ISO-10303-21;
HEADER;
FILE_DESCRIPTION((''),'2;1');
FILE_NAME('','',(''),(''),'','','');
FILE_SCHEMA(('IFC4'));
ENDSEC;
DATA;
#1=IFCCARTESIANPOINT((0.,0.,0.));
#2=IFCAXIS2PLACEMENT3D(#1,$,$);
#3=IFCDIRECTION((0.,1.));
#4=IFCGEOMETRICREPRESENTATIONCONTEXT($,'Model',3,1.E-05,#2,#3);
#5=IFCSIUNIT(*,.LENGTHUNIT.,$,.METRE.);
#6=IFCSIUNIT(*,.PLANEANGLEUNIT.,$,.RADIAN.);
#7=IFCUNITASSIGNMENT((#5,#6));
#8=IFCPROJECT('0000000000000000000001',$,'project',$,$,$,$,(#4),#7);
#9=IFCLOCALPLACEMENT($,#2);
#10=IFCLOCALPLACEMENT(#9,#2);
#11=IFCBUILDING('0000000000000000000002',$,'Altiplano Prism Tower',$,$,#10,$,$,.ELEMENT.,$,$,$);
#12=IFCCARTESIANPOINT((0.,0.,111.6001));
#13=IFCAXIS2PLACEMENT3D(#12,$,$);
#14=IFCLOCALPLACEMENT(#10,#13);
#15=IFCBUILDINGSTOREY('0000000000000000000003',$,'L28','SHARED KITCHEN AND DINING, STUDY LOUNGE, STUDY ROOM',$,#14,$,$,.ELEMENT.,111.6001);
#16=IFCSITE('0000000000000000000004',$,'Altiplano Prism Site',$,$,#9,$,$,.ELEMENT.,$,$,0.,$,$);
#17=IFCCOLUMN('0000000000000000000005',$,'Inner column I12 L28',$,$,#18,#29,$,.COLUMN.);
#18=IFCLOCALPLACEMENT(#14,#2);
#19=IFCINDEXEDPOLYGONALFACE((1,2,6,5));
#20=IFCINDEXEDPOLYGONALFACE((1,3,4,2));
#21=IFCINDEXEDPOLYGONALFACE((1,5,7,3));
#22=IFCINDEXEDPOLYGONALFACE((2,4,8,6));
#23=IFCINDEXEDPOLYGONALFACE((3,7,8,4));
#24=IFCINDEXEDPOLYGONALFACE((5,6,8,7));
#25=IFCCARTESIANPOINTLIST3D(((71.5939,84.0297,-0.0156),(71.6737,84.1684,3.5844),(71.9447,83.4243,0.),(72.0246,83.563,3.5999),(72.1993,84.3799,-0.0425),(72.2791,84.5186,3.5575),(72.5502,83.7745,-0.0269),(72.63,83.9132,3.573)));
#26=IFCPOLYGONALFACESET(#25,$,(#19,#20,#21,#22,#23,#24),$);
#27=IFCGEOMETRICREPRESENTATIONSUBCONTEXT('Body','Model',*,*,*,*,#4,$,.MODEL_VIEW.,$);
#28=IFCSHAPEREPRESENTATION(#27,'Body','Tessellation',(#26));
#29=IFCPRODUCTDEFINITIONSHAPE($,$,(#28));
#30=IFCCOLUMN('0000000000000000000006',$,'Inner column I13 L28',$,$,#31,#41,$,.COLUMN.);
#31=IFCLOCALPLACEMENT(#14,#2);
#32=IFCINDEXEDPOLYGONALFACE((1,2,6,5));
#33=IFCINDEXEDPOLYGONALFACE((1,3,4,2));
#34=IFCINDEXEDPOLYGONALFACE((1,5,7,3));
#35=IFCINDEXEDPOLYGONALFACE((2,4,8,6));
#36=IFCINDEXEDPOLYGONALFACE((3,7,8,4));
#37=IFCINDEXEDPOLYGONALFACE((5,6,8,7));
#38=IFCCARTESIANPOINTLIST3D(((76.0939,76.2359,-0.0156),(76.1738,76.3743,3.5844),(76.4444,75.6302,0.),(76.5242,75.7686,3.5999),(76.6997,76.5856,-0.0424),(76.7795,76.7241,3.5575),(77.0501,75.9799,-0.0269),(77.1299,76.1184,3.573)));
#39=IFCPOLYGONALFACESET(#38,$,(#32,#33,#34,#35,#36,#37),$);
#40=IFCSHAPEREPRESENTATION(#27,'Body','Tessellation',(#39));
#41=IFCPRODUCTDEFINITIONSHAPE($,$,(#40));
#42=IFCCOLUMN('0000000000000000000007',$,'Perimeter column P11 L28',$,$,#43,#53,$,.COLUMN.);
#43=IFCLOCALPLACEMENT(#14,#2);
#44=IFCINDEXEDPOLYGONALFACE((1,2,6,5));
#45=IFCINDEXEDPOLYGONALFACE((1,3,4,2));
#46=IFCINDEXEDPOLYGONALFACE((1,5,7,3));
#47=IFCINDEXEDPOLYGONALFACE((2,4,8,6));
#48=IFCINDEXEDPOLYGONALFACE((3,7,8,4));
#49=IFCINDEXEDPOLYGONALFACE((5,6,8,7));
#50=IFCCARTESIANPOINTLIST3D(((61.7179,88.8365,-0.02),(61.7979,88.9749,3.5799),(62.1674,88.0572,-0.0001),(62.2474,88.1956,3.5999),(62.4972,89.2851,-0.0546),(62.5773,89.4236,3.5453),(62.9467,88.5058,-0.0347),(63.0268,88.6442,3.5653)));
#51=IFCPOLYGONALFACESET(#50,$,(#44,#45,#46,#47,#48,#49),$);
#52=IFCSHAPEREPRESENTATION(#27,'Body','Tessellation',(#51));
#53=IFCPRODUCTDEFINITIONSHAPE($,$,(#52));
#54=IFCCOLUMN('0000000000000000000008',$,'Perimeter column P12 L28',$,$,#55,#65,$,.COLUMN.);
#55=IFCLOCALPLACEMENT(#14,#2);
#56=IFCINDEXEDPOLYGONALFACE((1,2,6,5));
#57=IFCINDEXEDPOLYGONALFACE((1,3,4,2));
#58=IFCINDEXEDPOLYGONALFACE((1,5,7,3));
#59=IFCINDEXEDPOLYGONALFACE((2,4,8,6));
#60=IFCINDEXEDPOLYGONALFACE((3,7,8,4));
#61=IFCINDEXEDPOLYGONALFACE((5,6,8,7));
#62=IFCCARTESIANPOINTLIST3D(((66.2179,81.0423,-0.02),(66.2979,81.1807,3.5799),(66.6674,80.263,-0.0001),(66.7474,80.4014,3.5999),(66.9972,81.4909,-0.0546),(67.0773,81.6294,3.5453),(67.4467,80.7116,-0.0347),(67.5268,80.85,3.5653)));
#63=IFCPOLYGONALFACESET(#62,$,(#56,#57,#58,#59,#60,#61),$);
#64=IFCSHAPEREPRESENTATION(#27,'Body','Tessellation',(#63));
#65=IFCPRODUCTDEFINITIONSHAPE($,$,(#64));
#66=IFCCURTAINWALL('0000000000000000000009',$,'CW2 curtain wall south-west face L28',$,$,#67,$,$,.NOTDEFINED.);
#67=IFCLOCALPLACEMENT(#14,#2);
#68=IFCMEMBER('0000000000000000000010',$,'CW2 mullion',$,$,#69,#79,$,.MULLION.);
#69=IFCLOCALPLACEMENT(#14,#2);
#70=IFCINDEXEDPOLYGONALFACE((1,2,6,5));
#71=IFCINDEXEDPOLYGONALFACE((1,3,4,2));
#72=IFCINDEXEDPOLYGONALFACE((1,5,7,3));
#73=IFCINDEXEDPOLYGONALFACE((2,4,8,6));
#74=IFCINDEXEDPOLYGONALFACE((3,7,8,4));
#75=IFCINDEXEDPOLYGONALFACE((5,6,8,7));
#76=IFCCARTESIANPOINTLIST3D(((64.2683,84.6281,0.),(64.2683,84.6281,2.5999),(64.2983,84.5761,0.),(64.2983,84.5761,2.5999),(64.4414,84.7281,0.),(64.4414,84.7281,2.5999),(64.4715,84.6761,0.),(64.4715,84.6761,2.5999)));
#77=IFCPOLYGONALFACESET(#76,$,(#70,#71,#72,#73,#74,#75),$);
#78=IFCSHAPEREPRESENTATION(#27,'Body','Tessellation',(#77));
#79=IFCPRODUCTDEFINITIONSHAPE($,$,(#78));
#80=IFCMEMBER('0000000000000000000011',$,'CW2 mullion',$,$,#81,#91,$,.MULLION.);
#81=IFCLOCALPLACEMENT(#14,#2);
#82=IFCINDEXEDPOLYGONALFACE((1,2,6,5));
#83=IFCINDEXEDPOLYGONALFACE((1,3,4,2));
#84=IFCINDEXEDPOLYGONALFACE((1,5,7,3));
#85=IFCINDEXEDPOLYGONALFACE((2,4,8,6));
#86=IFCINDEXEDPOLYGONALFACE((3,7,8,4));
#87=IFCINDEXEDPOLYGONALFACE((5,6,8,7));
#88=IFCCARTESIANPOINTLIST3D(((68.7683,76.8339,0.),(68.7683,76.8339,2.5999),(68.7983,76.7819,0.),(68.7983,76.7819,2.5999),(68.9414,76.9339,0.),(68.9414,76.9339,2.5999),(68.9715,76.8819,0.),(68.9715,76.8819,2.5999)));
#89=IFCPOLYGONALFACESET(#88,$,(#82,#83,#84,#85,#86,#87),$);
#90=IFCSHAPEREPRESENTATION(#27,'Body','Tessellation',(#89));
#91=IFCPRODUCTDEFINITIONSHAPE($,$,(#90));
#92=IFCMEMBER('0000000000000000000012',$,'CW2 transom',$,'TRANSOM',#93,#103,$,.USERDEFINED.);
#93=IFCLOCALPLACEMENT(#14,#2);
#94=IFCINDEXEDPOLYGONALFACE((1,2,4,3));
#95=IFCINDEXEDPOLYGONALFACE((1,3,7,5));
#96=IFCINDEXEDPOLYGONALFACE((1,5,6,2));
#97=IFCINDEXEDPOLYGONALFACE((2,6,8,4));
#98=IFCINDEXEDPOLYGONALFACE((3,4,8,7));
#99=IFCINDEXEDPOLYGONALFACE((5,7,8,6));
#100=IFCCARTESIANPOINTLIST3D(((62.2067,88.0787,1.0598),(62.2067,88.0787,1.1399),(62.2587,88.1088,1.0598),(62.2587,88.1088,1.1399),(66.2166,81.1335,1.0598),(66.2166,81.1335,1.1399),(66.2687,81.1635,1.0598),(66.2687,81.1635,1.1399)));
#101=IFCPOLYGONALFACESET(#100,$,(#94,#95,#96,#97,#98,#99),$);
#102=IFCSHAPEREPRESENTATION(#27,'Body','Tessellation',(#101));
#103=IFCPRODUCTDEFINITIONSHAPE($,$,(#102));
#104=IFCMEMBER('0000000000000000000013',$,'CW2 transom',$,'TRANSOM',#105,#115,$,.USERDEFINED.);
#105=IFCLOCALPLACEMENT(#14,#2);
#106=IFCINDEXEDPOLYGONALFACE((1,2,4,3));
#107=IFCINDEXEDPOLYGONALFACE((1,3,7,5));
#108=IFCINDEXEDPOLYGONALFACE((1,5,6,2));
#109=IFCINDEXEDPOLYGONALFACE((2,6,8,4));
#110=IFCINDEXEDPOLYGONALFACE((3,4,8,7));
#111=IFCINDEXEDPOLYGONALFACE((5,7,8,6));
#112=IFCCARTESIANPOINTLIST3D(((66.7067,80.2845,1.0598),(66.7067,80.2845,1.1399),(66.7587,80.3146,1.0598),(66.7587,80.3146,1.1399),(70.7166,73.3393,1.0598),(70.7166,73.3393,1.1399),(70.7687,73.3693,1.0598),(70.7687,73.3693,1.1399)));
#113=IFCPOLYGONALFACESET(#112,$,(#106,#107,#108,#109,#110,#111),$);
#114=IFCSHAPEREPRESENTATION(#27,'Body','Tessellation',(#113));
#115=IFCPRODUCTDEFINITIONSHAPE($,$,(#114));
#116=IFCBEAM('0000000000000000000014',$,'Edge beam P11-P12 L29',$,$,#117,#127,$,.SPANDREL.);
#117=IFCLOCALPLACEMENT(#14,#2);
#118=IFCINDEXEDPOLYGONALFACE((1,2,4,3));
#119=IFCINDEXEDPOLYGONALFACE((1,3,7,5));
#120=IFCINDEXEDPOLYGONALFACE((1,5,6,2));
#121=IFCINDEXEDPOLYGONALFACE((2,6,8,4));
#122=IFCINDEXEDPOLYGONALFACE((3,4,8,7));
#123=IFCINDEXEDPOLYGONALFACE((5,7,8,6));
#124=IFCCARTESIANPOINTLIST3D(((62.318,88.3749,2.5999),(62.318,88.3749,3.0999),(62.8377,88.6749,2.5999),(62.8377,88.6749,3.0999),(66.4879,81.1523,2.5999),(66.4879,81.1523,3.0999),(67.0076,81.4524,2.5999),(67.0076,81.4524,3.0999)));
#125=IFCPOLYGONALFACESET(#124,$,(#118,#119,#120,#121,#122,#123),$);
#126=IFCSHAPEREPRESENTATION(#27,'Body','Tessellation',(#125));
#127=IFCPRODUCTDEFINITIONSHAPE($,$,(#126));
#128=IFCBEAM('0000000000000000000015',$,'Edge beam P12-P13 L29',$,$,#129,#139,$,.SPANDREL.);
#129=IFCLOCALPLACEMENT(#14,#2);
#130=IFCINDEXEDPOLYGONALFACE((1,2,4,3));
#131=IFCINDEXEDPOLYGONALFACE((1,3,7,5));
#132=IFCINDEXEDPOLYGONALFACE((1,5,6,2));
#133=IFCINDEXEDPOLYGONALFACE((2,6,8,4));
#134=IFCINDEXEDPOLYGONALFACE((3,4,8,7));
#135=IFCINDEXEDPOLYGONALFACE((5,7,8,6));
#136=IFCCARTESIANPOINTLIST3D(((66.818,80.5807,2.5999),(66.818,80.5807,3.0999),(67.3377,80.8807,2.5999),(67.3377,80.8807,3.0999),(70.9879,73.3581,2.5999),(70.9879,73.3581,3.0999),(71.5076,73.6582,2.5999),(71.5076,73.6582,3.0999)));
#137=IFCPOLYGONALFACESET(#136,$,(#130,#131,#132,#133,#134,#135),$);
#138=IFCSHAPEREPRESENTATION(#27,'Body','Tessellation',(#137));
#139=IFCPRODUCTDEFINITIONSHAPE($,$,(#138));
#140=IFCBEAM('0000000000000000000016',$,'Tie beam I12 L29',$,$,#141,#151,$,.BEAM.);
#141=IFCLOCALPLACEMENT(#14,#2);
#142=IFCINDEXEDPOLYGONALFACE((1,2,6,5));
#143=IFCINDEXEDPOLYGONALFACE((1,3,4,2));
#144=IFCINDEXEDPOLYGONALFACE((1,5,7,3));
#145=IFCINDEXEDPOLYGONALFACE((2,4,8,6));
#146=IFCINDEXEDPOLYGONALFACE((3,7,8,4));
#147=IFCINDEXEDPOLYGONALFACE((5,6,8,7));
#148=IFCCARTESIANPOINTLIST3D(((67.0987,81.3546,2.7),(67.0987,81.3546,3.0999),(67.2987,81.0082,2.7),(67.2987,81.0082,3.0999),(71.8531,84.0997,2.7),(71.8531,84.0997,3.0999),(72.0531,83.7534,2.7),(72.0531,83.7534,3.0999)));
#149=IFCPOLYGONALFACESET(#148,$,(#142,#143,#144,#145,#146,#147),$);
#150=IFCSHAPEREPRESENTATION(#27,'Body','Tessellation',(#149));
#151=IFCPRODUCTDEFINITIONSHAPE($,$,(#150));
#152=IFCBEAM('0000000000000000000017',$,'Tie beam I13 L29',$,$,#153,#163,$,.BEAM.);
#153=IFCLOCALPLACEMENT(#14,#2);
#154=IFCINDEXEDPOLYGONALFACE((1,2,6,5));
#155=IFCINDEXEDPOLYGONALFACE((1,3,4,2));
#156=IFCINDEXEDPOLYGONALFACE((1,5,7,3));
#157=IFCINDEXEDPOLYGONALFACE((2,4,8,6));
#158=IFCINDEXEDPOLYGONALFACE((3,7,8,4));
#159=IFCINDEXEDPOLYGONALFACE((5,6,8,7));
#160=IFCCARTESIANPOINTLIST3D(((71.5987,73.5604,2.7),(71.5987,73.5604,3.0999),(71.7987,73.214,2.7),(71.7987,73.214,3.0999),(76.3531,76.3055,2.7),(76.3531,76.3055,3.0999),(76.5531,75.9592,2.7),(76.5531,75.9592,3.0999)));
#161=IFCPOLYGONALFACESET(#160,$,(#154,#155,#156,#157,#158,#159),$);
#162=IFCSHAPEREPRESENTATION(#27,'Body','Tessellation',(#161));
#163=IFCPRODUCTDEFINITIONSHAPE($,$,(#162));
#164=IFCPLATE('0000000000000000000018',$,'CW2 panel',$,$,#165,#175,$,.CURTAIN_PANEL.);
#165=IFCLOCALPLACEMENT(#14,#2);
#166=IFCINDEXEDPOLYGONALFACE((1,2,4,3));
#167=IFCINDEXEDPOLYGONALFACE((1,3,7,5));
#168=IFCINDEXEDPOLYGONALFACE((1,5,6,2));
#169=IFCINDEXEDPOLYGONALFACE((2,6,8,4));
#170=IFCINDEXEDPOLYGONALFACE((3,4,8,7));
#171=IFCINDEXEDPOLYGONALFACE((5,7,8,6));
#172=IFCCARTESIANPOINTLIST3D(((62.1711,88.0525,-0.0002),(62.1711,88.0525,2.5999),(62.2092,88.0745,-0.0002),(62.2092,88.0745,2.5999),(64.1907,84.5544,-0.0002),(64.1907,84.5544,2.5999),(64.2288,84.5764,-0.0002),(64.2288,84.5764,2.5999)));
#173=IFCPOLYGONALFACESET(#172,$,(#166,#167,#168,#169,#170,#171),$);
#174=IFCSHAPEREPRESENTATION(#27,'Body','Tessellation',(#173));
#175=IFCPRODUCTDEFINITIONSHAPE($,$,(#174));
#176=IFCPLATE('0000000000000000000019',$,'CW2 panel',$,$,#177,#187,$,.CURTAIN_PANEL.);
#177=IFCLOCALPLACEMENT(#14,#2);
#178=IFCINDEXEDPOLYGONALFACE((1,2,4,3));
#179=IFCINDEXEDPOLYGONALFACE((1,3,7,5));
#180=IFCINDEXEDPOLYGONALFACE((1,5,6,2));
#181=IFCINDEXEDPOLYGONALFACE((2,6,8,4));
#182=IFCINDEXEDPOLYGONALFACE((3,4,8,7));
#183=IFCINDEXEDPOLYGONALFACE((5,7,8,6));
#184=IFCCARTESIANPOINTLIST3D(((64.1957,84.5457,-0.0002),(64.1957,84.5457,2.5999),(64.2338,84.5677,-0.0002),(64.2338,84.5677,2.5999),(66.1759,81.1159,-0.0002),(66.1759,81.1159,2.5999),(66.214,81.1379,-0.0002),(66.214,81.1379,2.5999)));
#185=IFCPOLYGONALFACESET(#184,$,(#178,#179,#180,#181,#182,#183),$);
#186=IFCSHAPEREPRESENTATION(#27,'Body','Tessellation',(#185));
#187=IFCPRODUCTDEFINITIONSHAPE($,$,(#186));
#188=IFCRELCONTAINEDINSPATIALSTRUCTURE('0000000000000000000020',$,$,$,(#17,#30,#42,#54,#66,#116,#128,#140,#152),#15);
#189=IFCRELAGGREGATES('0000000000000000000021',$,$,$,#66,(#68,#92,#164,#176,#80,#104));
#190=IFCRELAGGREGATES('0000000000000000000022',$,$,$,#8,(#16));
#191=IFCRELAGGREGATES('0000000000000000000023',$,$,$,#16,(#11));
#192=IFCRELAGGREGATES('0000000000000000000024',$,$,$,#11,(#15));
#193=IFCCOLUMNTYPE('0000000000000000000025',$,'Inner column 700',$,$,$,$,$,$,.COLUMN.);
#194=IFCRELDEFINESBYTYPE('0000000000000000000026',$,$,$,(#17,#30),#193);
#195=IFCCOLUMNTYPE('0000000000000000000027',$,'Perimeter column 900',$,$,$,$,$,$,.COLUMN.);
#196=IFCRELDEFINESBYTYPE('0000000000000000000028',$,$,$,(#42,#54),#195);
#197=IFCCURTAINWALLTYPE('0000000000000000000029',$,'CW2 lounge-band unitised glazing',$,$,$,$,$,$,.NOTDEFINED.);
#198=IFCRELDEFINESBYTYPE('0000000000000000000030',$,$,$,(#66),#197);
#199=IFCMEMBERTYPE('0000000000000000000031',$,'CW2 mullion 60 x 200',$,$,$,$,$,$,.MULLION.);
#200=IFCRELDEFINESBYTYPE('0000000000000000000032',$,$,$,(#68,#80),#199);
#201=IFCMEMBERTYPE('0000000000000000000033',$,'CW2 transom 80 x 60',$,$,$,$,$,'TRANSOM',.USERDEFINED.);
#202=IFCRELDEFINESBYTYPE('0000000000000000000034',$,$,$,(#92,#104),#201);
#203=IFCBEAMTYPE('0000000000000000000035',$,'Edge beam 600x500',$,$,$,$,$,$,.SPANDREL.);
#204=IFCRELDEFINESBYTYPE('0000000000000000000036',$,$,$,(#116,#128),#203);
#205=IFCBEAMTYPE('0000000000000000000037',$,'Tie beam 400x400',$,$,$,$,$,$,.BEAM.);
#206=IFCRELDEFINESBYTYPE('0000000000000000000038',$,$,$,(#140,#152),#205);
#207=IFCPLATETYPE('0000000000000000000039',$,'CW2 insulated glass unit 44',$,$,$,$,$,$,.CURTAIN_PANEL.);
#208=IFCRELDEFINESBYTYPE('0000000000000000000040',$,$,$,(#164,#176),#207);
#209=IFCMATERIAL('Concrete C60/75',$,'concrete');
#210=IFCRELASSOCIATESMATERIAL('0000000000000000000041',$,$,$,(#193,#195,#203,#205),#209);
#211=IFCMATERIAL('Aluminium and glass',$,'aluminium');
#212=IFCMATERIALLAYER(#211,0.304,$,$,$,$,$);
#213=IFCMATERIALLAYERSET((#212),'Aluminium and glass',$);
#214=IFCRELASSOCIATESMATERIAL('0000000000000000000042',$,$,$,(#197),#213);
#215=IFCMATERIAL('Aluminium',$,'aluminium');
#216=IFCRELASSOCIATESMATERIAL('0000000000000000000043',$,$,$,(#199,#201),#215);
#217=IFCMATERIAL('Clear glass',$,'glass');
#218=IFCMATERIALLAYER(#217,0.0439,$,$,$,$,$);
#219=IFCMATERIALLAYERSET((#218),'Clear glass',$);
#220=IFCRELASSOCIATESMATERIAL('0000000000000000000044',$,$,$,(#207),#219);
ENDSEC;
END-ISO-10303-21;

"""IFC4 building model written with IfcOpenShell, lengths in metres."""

from ifc_helpers import new_model, si_unit, direction, frame, origin, origin_2d, place, context, subcontext, project, spatial, rectangle, extrude, material, layer, layer_set, material_profile, profile_set, type_object, element, aggregate, save


model = new_model("IFC4")

# Units and contexts
model_context = context("Model", 3, precision=1e-05, world=origin(), true_north=direction((0.0, 1.0)))
body_context = subcontext(model_context, "Body", "Model", "MODEL_VIEW")
ifc_project = project(units=[si_unit("LENGTHUNIT", "METRE"), si_unit("PLANEANGLEUNIT", "RADIAN")], contexts=[model_context])

# Site, building, storey
site_placement = place(None, origin())
site = spatial("IfcSite", under=ifc_project, at=site_placement, Name="Altiplano Prism Site", CompositionType="ELEMENT", RefElevation=0.0)
building_placement = place(site_placement, origin())
building = spatial("IfcBuilding", under=site, at=building_placement, Name="Altiplano Prism Tower", CompositionType="ELEMENT")
storey_placement = place(building_placement, frame((0.0, 0.0, 111.6001)))
storey = spatial("IfcBuildingStorey", under=building, at=storey_placement, Name="L28", Description="SHARED KITCHEN AND DINING, STUDY LOUNGE, STUDY ROOM", CompositionType="ELEMENT", Elevation=111.6001)

# Columns
ifc_material_1 = material(Name="Concrete C60/75", Category="concrete")
ifc_material_profile_1 = material_profile(ifc_material_1, rectangle(XDim=0.7, YDim=0.7, at=origin_2d()), Name="Inner column 700")
ifc_profile_set_1 = profile_set([ifc_material_profile_1], Name="Concrete C60/75")
column_type_1 = type_object("IfcColumnType", Name="Inner column 700", PredefinedType="COLUMN", material=ifc_profile_set_1)
for number, where, z_axis, x_axis, name in (
    (1, (72.072, 83.9021, -0.0212), (0.022155, 0.038484, 0.999014), (-0.86498, -0.500331, 0.038456), "Inner column I12 L28"),
    (2, (76.572, 76.1079, -0.0212), (0.022155, 0.038416, 0.999016), (-0.865365, -0.499669, 0.038405), "Inner column I13 L28"),
):
    element("IfcColumn", number, at=place(storey_placement, frame(where, z_axis=z_axis, x_axis=x_axis)), inside=storey, type_object=column_type_1, Name=name, PredefinedType="COLUMN", context=body_context, shape_type="SweptSolid", body=[
        extrude(rectangle(XDim=0.7, YDim=0.7, at=origin_2d()), origin(), (0.0, 0.0, 1.0), 3.6035),
    ])
ifc_material_profile_2 = material_profile(ifc_material_1, rectangle(XDim=0.8999, YDim=0.8999, at=origin_2d()), Name="Perimeter column 900")
ifc_profile_set_2 = profile_set([ifc_material_profile_2], Name="Concrete C60/75")
column_type_2 = type_object("IfcColumnType", Name="Perimeter column 900", PredefinedType="COLUMN", material=ifc_profile_set_2)
for number, where, z_axis, x_axis, name in (
    (3, (62.3323, 88.6711, -0.0273), (0.022223, 0.038416, 0.999015), (-0.866021, -0.498528, 0.038435), "Perimeter column P11 L28"),
    (4, (66.8323, 80.877, -0.0273), (0.022223, 0.038416, 0.999015), (-0.866021, -0.498528, 0.038435), "Perimeter column P12 L28"),
):
    element("IfcColumn", number, at=place(storey_placement, frame(where, z_axis=z_axis, x_axis=x_axis)), inside=storey, type_object=column_type_2, Name=name, PredefinedType="COLUMN", context=body_context, shape_type="SweptSolid", body=[
        extrude(rectangle(XDim=0.8999, YDim=0.8999, at=origin_2d()), origin(), (0.0, 0.0, 1.0), 3.6035),
    ])

# Curtain wall, members
ifc_material_2 = material(Name="Aluminium and glass", Category="aluminium")
ifc_layer_1 = layer(ifc_material_2, 0.304)
ifc_layer_set_1 = layer_set([ifc_layer_1], Name="Aluminium and glass")
curtain_wall_type = type_object("IfcCurtainWallType", Name="CW2 lounge-band unitised glazing", PredefinedType="NOTDEFINED", material=ifc_layer_set_1)
curtain_wall_placement = place(storey_placement, origin())
curtain_wall = element("IfcCurtainWall", 5, at=curtain_wall_placement, inside=storey, type_object=curtain_wall_type, Name="CW2 curtain wall south-west face L28", PredefinedType="NOTDEFINED")
ifc_material_3 = material(Name="Aluminium", Category="aluminium")
ifc_material_profile_3 = material_profile(ifc_material_3, rectangle(XDim=0.2, YDim=0.0601, at=origin_2d()), Name="CW2 mullion 60 x 200")
ifc_profile_set_3 = profile_set([ifc_material_profile_3], Name="Aluminium")
member_type_1 = type_object("IfcMemberType", Name="CW2 mullion 60 x 200", PredefinedType="MULLION", material=ifc_profile_set_3)
member_1_placement = place(storey_placement, frame((64.3699, 84.6521, 0.0), z_axis=(0.0, 0.0, 1.0), x_axis=(0.866025, 0.5, 0.0)))
member_1 = element("IfcMember", 6, at=member_1_placement, type_object=member_type_1, Name="CW2 mullion", PredefinedType="MULLION", context=body_context, shape_type="SweptSolid", body=[
    extrude(rectangle(XDim=0.2, YDim=0.0601, at=origin_2d()), origin(), (0.0, 0.0, 1.0), 2.5999),
])
member_2_placement = place(storey_placement, frame((68.8699, 76.8579, 0.0), z_axis=(0.0, 0.0, 1.0), x_axis=(0.866025, 0.5, 0.0)))
member_2 = element("IfcMember", 7, at=member_2_placement, type_object=member_type_1, Name="CW2 mullion", PredefinedType="MULLION", context=body_context, shape_type="SweptSolid", body=[
    extrude(rectangle(XDim=0.2, YDim=0.0601, at=origin_2d()), origin(), (0.0, 0.0, 1.0), 2.5999),
])
ifc_material_profile_4 = material_profile(ifc_material_3, rectangle(XDim=0.0601, YDim=0.0801, at=origin_2d()), Name="CW2 transom 80 x 60")
ifc_profile_set_4 = profile_set([ifc_material_profile_4], Name="Aluminium")
member_type_2 = type_object("IfcMemberType", Name="CW2 transom 80 x 60", ElementType="TRANSOM", PredefinedType="USERDEFINED", material=ifc_profile_set_4)
member_3_placement = place(storey_placement, frame((62.2327, 88.0938, 1.0999), z_axis=(0.500012, -0.866018, 0.0), x_axis=(0.866018, 0.500012, 0.0)))
member_3 = element("IfcMember", 8, at=member_3_placement, type_object=member_type_2, Name="CW2 transom", ObjectType="TRANSOM", PredefinedType="USERDEFINED", context=body_context, shape_type="SweptSolid", body=[
    extrude(rectangle(XDim=0.0601, YDim=0.0801, at=origin_2d()), origin(), (0.0, 0.0, 1.0), 8.0198),
])
member_4_placement = place(storey_placement, frame((66.7327, 80.2996, 1.0999), z_axis=(0.500012, -0.866018, 0.0), x_axis=(0.866018, 0.500012, 0.0)))
member_4 = element("IfcMember", 9, at=member_4_placement, type_object=member_type_2, Name="CW2 transom", ObjectType="TRANSOM", PredefinedType="USERDEFINED", context=body_context, shape_type="SweptSolid", body=[
    extrude(rectangle(XDim=0.0601, YDim=0.0801, at=origin_2d()), origin(), (0.0, 0.0, 1.0), 8.0198),
])

# Beams
ifc_material_profile_5 = material_profile(ifc_material_1, rectangle(XDim=0.6001, YDim=0.5, at=origin_2d()), Name="Edge beam 600x500")
ifc_profile_set_5 = profile_set([ifc_material_profile_5], Name="Concrete C60/75")
beam_type_1 = type_object("IfcBeamType", Name="Edge beam 600x500", PredefinedType="SPANDREL", material=ifc_profile_set_5)
for number, where, z_axis, x_axis, name in (
    (10, (62.5779, 88.5249, 2.8499), (0.499993, -0.86603, 0.0), (0.86603, 0.499993, 0.0), "Edge beam P11-P12 L29"),
    (11, (67.0779, 80.7307, 2.8499), (0.499993, -0.86603, 0.0), (0.86603, 0.499993, 0.0), "Edge beam P12-P13 L29"),
):
    element("IfcBeam", number, at=place(storey_placement, frame(where, z_axis=z_axis, x_axis=x_axis)), inside=storey, type_object=beam_type_1, Name=name, PredefinedType="SPANDREL", context=body_context, shape_type="SweptSolid", body=[
        extrude(rectangle(XDim=0.6001, YDim=0.5, at=origin_2d()), origin(), (0.0, 0.0, 1.0), 8.3398),
    ])
ifc_material_profile_6 = material_profile(ifc_material_1, rectangle(XDim=0.3999, YDim=0.3999, at=origin_2d()), Name="Tie beam 400x400")
ifc_profile_set_6 = profile_set([ifc_material_profile_6], Name="Concrete C60/75")
beam_type_2 = type_object("IfcBeamType", Name="Tie beam 400x400", PredefinedType="BEAM", material=ifc_profile_set_6)
for number, where, z_axis, x_axis, name in (
    (12, (71.9531, 83.9265, 2.8999), (-0.866012, -0.500023, 0.0), (0.500023, -0.866012, 0.0), "Tie beam I12 L29"),
    (13, (76.4531, 76.1323, 2.8999), (-0.866012, -0.500023, 0.0), (0.500023, -0.866012, 0.0), "Tie beam I13 L29"),
):
    element("IfcBeam", number, at=place(storey_placement, frame(where, z_axis=z_axis, x_axis=x_axis)), inside=storey, type_object=beam_type_2, Name=name, PredefinedType="BEAM", context=body_context, shape_type="SweptSolid", body=[
        extrude(rectangle(XDim=0.3999, YDim=0.3999, at=origin_2d()), origin(), (0.0, 0.0, 1.0), 5.49),
    ])

# Plates
ifc_material_4 = material(Name="Clear glass", Category="glass")
ifc_layer_2 = layer(ifc_material_4, 0.0439)
ifc_layer_set_2 = layer_set([ifc_layer_2], Name="Clear glass")
plate_type = type_object("IfcPlateType", Name="CW2 insulated glass unit 44", PredefinedType="CURTAIN_PANEL", material=ifc_layer_set_2)
plate_1_placement = place(storey_placement, frame((63.2, 86.3145, -0.0002), z_axis=(0.0, 0.0, 1.0), x_axis=(0.5, -0.866025, 0.0)))
plate_1 = element("IfcPlate", 14, at=plate_1_placement, type_object=plate_type, Name="CW2 panel", PredefinedType="CURTAIN_PANEL", context=body_context, shape_type="SweptSolid", body=[
    extrude(rectangle(XDim=4.0393, YDim=0.0439, at=origin_2d()), origin(), (0.0, 0.0, 1.0), 2.6001),
])
plate_2_placement = place(storey_placement, frame((65.2048, 82.8418, -0.0002), z_axis=(0.0, 0.0, 1.0), x_axis=(0.5, -0.866025, 0.0)))
plate_2 = element("IfcPlate", 15, at=plate_2_placement, type_object=plate_type, Name="CW2 panel", PredefinedType="CURTAIN_PANEL", context=body_context, shape_type="SweptSolid", body=[
    extrude(rectangle(XDim=3.9604, YDim=0.0439, at=origin_2d()), origin(), (0.0, 0.0, 1.0), 2.6001),
])
aggregate(curtain_wall, [member_1, member_3, plate_1, plate_2, member_2, member_4])

save(model, "model.ifc")
